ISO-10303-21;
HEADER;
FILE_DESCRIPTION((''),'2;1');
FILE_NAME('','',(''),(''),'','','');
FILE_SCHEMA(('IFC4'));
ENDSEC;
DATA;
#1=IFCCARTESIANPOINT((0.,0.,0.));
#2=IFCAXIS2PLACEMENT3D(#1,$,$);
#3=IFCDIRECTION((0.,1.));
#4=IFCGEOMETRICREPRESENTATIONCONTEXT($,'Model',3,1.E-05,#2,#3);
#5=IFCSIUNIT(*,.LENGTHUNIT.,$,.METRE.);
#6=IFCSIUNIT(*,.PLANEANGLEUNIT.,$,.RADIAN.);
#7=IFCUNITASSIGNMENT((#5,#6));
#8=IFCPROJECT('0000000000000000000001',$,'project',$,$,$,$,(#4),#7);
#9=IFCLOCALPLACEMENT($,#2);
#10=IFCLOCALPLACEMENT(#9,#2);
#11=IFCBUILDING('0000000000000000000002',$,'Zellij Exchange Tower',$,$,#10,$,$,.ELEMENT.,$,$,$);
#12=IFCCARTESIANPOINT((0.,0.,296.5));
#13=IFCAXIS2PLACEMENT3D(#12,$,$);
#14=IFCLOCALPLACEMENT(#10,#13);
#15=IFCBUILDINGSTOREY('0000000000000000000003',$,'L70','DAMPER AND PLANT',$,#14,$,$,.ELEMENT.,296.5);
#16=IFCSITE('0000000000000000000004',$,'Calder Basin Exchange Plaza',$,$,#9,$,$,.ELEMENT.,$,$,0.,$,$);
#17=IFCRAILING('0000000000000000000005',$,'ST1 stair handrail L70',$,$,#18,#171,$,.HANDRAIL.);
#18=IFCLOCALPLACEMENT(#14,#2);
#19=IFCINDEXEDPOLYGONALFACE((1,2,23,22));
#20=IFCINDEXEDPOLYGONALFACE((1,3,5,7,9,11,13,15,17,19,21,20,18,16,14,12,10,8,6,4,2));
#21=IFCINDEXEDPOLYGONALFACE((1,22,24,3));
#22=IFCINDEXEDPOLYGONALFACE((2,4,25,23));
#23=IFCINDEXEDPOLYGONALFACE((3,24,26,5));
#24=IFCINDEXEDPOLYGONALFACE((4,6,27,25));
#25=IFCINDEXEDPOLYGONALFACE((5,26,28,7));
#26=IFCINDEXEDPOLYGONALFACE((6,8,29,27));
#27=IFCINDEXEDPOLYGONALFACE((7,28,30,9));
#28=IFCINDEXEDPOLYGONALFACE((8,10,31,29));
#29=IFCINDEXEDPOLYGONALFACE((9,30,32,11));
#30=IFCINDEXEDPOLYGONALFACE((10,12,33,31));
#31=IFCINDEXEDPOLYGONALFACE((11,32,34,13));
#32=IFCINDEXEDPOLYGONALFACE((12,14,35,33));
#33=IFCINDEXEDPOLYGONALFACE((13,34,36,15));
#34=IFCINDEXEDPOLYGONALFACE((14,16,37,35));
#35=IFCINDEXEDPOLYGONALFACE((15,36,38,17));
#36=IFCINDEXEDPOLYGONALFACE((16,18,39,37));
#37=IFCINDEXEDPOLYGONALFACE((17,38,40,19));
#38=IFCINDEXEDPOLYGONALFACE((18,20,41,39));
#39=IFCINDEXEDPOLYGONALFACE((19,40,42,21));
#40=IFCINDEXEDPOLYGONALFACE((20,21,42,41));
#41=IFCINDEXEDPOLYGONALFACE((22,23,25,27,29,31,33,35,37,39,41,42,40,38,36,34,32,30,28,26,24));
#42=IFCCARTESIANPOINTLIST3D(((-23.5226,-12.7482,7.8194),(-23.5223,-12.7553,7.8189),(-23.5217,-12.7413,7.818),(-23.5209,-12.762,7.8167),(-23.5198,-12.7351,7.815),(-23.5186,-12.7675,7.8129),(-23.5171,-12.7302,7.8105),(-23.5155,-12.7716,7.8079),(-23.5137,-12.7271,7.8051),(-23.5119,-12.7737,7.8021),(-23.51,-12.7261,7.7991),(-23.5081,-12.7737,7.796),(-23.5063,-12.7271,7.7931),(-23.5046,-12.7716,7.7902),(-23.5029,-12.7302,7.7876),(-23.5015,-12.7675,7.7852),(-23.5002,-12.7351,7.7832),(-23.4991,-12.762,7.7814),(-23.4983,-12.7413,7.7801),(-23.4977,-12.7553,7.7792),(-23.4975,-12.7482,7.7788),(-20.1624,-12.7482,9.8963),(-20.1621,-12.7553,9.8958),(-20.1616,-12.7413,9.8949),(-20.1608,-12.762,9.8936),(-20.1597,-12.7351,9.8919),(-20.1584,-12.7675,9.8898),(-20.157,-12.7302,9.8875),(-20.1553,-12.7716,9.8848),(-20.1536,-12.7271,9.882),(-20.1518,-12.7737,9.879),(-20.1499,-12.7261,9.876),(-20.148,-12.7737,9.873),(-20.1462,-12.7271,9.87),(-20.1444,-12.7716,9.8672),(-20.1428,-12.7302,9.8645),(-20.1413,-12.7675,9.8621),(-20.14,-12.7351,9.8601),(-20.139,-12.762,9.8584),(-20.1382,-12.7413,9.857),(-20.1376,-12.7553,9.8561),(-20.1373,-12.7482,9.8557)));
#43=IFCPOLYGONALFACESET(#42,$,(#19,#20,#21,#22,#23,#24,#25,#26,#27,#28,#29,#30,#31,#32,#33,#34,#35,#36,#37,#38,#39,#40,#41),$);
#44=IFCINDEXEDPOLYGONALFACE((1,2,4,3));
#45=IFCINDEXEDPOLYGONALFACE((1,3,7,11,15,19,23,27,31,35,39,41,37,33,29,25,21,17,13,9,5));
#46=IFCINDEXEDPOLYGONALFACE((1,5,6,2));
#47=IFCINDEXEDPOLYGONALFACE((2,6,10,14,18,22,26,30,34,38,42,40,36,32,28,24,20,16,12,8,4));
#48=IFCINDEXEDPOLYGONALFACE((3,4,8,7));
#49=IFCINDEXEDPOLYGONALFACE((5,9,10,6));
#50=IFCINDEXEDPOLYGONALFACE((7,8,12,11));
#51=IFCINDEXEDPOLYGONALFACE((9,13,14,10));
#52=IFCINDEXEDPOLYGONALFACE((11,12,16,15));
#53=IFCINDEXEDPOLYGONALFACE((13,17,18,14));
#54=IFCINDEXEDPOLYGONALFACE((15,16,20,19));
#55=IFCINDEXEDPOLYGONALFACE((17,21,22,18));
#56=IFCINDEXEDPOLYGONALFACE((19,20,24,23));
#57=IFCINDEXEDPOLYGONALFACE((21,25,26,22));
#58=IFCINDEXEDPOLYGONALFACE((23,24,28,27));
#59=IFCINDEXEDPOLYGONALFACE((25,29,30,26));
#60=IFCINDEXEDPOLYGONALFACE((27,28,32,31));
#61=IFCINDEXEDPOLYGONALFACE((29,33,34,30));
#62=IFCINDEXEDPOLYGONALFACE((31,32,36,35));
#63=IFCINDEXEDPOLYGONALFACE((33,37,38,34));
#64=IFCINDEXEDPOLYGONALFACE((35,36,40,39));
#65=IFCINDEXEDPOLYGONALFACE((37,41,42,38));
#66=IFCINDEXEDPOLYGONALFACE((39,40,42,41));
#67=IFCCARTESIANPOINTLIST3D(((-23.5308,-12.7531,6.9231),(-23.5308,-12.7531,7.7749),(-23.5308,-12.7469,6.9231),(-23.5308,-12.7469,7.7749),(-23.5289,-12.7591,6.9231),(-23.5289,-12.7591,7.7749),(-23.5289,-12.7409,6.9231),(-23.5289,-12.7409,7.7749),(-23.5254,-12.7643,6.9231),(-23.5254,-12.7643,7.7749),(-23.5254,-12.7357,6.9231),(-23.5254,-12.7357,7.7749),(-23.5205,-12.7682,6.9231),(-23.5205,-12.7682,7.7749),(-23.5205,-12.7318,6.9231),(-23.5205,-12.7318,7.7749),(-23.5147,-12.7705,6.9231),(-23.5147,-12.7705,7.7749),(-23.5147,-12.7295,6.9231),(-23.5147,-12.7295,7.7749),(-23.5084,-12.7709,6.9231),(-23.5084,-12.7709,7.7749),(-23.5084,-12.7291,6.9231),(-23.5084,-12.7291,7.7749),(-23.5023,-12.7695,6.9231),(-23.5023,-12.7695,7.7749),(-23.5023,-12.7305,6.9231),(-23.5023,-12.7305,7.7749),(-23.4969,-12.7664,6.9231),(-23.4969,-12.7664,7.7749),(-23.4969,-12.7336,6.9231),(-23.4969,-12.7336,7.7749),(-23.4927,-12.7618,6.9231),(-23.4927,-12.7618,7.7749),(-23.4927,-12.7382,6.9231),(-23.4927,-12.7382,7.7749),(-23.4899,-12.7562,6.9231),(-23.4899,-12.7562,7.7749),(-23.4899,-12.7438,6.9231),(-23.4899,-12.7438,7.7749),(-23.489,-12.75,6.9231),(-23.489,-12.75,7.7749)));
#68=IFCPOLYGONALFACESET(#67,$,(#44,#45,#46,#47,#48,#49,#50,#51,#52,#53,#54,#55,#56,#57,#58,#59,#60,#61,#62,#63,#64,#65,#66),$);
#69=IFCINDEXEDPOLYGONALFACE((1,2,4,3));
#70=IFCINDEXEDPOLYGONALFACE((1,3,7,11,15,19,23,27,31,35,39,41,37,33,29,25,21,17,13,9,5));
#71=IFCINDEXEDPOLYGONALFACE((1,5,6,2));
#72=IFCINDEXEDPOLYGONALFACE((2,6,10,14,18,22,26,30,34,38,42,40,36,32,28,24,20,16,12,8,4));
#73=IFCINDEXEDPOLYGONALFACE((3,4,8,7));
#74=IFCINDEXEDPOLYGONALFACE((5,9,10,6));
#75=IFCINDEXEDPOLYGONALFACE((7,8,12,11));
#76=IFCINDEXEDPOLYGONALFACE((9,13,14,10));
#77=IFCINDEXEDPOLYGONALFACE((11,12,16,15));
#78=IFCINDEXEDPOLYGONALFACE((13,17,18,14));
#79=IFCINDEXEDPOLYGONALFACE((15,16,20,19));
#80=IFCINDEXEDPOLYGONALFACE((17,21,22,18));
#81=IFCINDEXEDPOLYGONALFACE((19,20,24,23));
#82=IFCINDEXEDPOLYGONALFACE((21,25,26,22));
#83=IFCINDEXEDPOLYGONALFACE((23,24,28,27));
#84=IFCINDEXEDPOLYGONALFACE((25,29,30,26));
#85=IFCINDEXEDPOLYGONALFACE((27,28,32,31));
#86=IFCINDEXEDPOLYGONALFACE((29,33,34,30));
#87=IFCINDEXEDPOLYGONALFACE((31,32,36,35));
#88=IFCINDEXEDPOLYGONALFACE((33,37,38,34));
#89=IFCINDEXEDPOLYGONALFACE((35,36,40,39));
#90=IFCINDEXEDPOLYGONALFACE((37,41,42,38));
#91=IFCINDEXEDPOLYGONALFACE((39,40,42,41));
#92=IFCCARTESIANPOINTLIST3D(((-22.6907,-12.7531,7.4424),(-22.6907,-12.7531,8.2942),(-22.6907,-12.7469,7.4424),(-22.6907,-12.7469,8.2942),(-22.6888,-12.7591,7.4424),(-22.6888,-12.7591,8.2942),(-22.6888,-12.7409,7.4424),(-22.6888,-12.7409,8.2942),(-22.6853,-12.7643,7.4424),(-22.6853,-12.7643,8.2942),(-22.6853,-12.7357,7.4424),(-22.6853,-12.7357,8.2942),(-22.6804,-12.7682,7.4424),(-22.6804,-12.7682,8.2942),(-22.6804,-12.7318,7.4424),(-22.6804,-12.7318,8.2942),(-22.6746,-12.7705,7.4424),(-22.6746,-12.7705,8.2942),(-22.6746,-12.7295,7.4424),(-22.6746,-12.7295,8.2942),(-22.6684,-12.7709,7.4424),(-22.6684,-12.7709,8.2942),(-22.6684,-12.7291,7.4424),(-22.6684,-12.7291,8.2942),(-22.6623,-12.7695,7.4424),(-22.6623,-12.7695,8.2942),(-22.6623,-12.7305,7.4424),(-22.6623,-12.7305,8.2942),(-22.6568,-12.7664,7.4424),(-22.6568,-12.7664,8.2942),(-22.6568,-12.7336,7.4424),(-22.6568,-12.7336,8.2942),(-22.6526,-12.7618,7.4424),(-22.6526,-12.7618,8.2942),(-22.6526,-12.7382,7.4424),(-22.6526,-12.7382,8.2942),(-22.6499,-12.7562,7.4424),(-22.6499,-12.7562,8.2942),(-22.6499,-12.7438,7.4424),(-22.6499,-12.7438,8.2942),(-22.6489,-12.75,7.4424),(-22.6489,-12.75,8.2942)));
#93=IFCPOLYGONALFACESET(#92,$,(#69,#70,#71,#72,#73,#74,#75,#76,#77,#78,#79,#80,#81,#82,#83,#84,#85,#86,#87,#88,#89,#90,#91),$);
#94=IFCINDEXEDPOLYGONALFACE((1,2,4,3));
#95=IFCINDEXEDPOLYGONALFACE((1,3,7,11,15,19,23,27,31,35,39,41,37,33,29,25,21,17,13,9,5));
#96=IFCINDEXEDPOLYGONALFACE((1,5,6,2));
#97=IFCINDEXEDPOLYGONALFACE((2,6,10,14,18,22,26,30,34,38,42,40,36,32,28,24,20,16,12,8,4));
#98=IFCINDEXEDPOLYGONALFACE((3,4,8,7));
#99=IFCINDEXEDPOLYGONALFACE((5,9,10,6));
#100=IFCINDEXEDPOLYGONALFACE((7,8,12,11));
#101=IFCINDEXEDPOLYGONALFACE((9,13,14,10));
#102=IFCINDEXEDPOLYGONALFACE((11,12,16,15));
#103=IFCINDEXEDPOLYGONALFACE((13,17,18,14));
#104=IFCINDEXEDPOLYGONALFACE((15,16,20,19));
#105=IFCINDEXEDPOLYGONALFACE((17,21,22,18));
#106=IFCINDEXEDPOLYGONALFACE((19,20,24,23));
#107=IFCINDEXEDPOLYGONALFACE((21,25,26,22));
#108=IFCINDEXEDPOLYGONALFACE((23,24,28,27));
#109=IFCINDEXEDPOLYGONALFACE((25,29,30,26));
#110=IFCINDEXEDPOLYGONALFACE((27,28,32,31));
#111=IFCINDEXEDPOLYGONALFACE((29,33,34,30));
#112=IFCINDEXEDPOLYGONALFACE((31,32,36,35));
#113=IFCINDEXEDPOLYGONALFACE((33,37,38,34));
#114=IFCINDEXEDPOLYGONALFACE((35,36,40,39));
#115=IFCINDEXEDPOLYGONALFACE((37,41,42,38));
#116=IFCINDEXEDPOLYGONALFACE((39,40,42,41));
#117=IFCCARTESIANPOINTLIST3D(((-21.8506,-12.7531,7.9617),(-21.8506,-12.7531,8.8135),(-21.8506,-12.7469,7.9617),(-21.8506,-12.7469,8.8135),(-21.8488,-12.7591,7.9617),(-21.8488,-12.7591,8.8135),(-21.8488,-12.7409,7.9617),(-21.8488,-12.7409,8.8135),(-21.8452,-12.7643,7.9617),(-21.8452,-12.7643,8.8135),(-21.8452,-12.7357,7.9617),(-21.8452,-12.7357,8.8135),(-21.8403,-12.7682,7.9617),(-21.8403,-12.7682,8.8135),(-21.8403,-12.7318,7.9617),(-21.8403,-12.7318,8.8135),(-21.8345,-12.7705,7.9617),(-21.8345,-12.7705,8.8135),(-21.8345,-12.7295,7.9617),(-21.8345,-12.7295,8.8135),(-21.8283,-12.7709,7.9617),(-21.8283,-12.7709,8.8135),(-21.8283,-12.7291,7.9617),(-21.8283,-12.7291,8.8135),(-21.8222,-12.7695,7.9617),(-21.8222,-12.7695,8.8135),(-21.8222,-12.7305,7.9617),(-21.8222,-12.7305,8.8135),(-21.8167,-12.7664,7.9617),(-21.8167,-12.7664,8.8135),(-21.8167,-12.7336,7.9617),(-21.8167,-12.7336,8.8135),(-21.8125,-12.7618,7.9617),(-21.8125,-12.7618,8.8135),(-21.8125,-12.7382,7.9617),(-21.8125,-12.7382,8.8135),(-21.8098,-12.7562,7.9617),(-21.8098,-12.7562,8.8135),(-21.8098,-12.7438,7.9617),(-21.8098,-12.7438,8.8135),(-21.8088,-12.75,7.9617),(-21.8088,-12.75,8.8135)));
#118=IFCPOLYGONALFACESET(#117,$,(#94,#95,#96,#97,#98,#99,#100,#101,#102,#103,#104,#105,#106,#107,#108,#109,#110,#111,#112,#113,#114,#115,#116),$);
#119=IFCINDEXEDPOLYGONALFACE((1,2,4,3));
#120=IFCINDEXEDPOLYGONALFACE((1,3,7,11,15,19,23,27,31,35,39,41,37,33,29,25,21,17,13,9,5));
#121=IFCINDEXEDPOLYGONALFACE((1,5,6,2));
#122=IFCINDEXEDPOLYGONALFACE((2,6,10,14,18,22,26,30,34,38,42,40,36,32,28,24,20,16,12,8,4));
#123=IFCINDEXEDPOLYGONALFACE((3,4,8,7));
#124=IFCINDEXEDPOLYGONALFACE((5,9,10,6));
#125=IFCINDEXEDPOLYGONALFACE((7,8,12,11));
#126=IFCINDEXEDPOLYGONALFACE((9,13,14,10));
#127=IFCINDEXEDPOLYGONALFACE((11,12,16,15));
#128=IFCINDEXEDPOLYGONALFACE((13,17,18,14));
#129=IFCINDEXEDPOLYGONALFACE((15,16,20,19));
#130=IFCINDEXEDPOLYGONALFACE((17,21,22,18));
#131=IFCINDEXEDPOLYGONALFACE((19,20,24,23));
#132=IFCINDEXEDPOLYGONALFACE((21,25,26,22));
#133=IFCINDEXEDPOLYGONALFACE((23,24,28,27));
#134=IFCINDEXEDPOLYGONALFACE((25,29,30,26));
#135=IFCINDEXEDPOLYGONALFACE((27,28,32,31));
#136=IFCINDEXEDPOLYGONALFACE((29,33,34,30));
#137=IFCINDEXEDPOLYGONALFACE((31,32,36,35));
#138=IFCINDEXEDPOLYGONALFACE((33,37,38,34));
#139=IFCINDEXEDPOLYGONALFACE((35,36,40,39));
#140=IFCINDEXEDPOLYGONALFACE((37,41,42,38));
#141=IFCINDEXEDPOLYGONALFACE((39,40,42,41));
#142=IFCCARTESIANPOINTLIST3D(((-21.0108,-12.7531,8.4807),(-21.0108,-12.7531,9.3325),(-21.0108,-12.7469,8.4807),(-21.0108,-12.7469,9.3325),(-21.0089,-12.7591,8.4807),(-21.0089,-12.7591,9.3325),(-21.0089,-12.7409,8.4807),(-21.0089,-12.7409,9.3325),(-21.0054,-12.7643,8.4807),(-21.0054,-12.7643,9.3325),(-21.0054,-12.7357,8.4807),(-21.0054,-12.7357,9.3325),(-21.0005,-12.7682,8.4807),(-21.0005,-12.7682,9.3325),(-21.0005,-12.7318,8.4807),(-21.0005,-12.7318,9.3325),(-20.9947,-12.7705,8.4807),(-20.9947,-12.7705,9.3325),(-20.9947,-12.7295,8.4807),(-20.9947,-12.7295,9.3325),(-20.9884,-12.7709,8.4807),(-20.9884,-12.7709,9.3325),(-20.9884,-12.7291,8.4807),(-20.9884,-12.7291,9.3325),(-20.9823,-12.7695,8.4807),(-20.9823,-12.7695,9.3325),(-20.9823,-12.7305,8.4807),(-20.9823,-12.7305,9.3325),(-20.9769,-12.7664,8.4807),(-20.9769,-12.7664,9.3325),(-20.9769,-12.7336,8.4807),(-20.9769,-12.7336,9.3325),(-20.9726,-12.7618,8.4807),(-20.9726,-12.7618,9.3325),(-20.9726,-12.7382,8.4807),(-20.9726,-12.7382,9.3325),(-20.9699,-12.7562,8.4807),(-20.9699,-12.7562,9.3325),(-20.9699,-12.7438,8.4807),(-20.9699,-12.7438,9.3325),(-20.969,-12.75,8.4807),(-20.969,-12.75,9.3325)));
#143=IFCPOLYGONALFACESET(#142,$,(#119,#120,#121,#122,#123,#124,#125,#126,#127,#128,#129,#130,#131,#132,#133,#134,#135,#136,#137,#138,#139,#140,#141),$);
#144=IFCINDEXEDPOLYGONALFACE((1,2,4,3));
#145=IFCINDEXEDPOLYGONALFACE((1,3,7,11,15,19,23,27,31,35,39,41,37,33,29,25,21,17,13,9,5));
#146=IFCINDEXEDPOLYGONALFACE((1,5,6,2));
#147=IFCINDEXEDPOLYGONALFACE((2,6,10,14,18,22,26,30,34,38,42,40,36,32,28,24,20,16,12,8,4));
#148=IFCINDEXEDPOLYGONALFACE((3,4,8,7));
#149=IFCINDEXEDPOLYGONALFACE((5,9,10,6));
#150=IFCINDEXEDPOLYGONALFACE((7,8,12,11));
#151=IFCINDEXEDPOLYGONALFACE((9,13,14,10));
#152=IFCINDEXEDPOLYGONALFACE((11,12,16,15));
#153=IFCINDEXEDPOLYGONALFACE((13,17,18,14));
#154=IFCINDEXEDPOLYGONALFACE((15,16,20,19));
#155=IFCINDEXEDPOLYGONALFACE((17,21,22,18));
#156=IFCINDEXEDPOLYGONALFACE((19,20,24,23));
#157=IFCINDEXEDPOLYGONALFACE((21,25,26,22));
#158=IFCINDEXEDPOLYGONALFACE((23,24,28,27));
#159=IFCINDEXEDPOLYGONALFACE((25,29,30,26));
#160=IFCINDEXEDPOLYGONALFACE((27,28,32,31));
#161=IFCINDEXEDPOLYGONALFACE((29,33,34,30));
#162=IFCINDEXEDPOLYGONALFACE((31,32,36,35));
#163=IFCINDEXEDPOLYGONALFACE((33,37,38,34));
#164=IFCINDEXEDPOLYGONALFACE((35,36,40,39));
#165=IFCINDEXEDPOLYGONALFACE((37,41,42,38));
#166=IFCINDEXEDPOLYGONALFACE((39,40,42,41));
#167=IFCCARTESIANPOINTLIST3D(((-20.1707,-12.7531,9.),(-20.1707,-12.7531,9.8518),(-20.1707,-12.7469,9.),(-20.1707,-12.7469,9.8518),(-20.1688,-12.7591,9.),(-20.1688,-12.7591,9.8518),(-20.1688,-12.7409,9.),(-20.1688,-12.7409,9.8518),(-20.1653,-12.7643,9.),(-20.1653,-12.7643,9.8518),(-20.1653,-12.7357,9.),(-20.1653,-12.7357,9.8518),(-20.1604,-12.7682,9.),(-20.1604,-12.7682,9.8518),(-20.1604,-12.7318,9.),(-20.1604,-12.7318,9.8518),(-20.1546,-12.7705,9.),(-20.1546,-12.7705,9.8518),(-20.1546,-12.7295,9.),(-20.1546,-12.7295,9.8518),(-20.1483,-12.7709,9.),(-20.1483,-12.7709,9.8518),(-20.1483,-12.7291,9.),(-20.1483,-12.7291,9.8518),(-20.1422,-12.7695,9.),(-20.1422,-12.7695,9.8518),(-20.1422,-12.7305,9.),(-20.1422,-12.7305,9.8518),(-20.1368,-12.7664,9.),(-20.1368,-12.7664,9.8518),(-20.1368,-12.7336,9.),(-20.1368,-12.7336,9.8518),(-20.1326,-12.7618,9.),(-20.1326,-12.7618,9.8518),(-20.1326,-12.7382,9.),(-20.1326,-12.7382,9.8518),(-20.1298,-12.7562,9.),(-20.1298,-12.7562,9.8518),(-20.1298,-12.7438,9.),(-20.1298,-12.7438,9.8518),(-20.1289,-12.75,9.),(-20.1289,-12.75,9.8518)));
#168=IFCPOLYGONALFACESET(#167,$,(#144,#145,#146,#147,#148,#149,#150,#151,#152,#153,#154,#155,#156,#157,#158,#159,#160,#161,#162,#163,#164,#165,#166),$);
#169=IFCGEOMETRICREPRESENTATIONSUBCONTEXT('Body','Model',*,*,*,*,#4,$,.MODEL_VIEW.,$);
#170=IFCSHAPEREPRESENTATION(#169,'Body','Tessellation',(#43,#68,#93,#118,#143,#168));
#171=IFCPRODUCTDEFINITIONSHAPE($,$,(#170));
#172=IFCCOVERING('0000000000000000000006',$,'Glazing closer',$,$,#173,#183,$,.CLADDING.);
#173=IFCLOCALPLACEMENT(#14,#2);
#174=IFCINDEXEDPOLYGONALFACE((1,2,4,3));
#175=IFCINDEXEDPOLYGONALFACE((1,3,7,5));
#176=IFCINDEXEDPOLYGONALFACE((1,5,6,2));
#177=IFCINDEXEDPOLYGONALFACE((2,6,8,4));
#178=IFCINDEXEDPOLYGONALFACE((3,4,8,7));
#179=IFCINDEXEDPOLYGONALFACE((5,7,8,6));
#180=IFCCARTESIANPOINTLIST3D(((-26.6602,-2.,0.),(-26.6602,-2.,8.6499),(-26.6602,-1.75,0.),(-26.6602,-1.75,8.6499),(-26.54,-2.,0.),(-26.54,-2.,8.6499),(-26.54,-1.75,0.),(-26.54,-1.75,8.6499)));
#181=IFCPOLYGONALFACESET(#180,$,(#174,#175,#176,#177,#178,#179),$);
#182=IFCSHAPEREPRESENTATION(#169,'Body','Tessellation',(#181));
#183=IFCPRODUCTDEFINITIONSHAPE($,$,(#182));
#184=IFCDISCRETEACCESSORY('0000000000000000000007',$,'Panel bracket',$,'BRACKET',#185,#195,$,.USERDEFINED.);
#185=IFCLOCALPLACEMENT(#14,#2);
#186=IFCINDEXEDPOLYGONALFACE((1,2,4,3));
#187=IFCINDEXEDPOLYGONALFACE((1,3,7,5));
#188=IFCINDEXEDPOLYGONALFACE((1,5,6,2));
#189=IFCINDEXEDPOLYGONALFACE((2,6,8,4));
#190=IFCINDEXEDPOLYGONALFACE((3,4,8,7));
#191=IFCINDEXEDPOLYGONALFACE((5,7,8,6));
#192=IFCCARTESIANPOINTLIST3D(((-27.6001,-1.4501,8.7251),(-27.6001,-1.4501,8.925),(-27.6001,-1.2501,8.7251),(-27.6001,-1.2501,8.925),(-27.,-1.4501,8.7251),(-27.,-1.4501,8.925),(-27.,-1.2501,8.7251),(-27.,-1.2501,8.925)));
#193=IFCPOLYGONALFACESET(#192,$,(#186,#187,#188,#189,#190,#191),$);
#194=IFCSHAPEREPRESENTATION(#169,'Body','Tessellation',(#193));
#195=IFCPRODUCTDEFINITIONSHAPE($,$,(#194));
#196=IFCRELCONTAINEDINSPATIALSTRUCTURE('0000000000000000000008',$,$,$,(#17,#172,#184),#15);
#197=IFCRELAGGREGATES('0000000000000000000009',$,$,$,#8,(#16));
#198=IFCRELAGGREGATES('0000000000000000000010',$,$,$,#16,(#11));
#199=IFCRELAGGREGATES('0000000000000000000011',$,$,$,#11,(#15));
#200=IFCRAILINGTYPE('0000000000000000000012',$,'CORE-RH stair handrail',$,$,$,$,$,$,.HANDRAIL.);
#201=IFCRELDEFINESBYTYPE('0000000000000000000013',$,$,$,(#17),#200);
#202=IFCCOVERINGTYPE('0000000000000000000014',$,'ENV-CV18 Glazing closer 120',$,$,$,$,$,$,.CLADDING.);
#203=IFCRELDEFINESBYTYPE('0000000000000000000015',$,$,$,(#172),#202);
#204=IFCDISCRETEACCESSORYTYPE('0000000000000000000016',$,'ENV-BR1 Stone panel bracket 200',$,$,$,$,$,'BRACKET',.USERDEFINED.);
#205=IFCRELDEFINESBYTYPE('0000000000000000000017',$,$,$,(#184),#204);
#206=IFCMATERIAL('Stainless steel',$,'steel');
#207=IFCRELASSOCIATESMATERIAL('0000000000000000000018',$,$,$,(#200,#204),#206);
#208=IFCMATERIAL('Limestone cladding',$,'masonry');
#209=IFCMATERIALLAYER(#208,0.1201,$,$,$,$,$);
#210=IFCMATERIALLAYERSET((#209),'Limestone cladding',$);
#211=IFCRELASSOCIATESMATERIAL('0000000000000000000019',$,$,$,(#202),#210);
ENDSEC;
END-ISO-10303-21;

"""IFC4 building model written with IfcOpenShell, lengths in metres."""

from ifc_helpers import new_model, si_unit, direction, frame, origin, origin_2d, place, context, subcontext, project, spatial, rectangle, circle, extrude, material, layer, layer_set, type_object, element, save


model = new_model("IFC4")

# Units and contexts
model_context = context("Model", 3, precision=1e-05, world=origin(), true_north=direction((0.0, 1.0)))
body_context = subcontext(model_context, "Body", "Model", "MODEL_VIEW")
ifc_project = project(units=[si_unit("LENGTHUNIT", "METRE"), si_unit("PLANEANGLEUNIT", "RADIAN")], contexts=[model_context])

# Site, building, storey
site_placement = place(None, origin())
site = spatial("IfcSite", under=ifc_project, at=site_placement, Name="Calder Basin Exchange Plaza", CompositionType="ELEMENT", RefElevation=0.0)
building_placement = place(site_placement, origin())
building = spatial("IfcBuilding", under=site, at=building_placement, Name="Zellij Exchange Tower", CompositionType="ELEMENT")
storey_placement = place(building_placement, frame((0.0, 0.0, 296.5)))
storey = spatial("IfcBuildingStorey", under=building, at=storey_placement, Name="L70", Description="DAMPER AND PLANT", CompositionType="ELEMENT", Elevation=296.5)

# Railing
ifc_material_1 = material(Name="Stainless steel", Category="steel")
railing_type = type_object("IfcRailingType", Name="CORE-RH stair handrail", PredefinedType="HANDRAIL", material=ifc_material_1)
for number, where, name in (
    (1, (-23.51, -12.75, 6.9231), "ST1 stair handrail L70"),
):
    element("IfcRailing", number, at=place(storey_placement, frame(where)), inside=storey, type_object=railing_type, Name=name, PredefinedType="HANDRAIL", context=body_context, shape_type="SweptSolid", body=[
        extrude(circle(Radius=0.0239, at=origin_2d()), frame((0.0, 0.0, 0.876), z_axis=(0.850623, 0.0, 0.525776), x_axis=(0.0, 1.0, 0.0)), (0.0, 0.0, 1.0), 3.9502),
        extrude(circle(Radius=0.021, at=origin_2d()), origin(), (0.0, 0.0, 1.0), 0.8518),
        extrude(circle(Radius=0.021, at=origin_2d()), frame((0.8401, 0.0, 0.5193)), (0.0, 0.0, 1.0), 0.8518),
        extrude(circle(Radius=0.021, at=origin_2d()), frame((1.6802, 0.0, 1.0386)), (0.0, 0.0, 1.0), 0.8518),
        extrude(circle(Radius=0.021, at=origin_2d()), frame((2.52, 0.0, 1.5576)), (0.0, 0.0, 1.0), 0.8518),
        extrude(circle(Radius=0.021, at=origin_2d()), frame((3.3601, 0.0, 2.0769)), (0.0, 0.0, 1.0), 0.8518),
    ])

# Covering
ifc_material_2 = material(Name="Limestone cladding", Category="masonry")
ifc_layer_1 = layer(ifc_material_2, 0.1201)
ifc_layer_set_1 = layer_set([ifc_layer_1], Name="Limestone cladding")
covering_type = type_object("IfcCoveringType", Name="ENV-CV18 Glazing closer 120", PredefinedType="CLADDING", material=ifc_layer_set_1)
covering_placement = place(storey_placement, frame((-26.6001, -1.875, 0.0), z_axis=(0.0, 0.0, 1.0), x_axis=(0.0, -1.0, 0.0)))
element("IfcCovering", 2, at=covering_placement, inside=storey, type_object=covering_type, Name="Glazing closer", PredefinedType="CLADDING", context=body_context, shape_type="SweptSolid", body=[
    extrude(rectangle(XDim=0.25, YDim=0.1201, at=origin_2d()), origin(), (0.0, 0.0, 1.0), 8.6499),
])

# Discrete accessory
discrete_accessory_type = type_object("IfcDiscreteAccessoryType", Name="ENV-BR1 Stone panel bracket 200", ElementType="BRACKET", PredefinedType="USERDEFINED", material=ifc_material_1)
discrete_accessory_placement = place(storey_placement, frame((-27.3, -1.3501, 8.7251), z_axis=(0.0, 0.0, 1.0), x_axis=(0.0, -1.0, 0.0)))
element("IfcDiscreteAccessory", 3, at=discrete_accessory_placement, inside=storey, type_object=discrete_accessory_type, Name="Panel bracket", ObjectType="BRACKET", PredefinedType="USERDEFINED", context=body_context, shape_type="SweptSolid", body=[
    extrude(rectangle(XDim=0.2, YDim=0.6001, at=origin_2d()), origin(), (0.0, 0.0, 1.0), 0.2),
])

save(model, "model.ifc")
